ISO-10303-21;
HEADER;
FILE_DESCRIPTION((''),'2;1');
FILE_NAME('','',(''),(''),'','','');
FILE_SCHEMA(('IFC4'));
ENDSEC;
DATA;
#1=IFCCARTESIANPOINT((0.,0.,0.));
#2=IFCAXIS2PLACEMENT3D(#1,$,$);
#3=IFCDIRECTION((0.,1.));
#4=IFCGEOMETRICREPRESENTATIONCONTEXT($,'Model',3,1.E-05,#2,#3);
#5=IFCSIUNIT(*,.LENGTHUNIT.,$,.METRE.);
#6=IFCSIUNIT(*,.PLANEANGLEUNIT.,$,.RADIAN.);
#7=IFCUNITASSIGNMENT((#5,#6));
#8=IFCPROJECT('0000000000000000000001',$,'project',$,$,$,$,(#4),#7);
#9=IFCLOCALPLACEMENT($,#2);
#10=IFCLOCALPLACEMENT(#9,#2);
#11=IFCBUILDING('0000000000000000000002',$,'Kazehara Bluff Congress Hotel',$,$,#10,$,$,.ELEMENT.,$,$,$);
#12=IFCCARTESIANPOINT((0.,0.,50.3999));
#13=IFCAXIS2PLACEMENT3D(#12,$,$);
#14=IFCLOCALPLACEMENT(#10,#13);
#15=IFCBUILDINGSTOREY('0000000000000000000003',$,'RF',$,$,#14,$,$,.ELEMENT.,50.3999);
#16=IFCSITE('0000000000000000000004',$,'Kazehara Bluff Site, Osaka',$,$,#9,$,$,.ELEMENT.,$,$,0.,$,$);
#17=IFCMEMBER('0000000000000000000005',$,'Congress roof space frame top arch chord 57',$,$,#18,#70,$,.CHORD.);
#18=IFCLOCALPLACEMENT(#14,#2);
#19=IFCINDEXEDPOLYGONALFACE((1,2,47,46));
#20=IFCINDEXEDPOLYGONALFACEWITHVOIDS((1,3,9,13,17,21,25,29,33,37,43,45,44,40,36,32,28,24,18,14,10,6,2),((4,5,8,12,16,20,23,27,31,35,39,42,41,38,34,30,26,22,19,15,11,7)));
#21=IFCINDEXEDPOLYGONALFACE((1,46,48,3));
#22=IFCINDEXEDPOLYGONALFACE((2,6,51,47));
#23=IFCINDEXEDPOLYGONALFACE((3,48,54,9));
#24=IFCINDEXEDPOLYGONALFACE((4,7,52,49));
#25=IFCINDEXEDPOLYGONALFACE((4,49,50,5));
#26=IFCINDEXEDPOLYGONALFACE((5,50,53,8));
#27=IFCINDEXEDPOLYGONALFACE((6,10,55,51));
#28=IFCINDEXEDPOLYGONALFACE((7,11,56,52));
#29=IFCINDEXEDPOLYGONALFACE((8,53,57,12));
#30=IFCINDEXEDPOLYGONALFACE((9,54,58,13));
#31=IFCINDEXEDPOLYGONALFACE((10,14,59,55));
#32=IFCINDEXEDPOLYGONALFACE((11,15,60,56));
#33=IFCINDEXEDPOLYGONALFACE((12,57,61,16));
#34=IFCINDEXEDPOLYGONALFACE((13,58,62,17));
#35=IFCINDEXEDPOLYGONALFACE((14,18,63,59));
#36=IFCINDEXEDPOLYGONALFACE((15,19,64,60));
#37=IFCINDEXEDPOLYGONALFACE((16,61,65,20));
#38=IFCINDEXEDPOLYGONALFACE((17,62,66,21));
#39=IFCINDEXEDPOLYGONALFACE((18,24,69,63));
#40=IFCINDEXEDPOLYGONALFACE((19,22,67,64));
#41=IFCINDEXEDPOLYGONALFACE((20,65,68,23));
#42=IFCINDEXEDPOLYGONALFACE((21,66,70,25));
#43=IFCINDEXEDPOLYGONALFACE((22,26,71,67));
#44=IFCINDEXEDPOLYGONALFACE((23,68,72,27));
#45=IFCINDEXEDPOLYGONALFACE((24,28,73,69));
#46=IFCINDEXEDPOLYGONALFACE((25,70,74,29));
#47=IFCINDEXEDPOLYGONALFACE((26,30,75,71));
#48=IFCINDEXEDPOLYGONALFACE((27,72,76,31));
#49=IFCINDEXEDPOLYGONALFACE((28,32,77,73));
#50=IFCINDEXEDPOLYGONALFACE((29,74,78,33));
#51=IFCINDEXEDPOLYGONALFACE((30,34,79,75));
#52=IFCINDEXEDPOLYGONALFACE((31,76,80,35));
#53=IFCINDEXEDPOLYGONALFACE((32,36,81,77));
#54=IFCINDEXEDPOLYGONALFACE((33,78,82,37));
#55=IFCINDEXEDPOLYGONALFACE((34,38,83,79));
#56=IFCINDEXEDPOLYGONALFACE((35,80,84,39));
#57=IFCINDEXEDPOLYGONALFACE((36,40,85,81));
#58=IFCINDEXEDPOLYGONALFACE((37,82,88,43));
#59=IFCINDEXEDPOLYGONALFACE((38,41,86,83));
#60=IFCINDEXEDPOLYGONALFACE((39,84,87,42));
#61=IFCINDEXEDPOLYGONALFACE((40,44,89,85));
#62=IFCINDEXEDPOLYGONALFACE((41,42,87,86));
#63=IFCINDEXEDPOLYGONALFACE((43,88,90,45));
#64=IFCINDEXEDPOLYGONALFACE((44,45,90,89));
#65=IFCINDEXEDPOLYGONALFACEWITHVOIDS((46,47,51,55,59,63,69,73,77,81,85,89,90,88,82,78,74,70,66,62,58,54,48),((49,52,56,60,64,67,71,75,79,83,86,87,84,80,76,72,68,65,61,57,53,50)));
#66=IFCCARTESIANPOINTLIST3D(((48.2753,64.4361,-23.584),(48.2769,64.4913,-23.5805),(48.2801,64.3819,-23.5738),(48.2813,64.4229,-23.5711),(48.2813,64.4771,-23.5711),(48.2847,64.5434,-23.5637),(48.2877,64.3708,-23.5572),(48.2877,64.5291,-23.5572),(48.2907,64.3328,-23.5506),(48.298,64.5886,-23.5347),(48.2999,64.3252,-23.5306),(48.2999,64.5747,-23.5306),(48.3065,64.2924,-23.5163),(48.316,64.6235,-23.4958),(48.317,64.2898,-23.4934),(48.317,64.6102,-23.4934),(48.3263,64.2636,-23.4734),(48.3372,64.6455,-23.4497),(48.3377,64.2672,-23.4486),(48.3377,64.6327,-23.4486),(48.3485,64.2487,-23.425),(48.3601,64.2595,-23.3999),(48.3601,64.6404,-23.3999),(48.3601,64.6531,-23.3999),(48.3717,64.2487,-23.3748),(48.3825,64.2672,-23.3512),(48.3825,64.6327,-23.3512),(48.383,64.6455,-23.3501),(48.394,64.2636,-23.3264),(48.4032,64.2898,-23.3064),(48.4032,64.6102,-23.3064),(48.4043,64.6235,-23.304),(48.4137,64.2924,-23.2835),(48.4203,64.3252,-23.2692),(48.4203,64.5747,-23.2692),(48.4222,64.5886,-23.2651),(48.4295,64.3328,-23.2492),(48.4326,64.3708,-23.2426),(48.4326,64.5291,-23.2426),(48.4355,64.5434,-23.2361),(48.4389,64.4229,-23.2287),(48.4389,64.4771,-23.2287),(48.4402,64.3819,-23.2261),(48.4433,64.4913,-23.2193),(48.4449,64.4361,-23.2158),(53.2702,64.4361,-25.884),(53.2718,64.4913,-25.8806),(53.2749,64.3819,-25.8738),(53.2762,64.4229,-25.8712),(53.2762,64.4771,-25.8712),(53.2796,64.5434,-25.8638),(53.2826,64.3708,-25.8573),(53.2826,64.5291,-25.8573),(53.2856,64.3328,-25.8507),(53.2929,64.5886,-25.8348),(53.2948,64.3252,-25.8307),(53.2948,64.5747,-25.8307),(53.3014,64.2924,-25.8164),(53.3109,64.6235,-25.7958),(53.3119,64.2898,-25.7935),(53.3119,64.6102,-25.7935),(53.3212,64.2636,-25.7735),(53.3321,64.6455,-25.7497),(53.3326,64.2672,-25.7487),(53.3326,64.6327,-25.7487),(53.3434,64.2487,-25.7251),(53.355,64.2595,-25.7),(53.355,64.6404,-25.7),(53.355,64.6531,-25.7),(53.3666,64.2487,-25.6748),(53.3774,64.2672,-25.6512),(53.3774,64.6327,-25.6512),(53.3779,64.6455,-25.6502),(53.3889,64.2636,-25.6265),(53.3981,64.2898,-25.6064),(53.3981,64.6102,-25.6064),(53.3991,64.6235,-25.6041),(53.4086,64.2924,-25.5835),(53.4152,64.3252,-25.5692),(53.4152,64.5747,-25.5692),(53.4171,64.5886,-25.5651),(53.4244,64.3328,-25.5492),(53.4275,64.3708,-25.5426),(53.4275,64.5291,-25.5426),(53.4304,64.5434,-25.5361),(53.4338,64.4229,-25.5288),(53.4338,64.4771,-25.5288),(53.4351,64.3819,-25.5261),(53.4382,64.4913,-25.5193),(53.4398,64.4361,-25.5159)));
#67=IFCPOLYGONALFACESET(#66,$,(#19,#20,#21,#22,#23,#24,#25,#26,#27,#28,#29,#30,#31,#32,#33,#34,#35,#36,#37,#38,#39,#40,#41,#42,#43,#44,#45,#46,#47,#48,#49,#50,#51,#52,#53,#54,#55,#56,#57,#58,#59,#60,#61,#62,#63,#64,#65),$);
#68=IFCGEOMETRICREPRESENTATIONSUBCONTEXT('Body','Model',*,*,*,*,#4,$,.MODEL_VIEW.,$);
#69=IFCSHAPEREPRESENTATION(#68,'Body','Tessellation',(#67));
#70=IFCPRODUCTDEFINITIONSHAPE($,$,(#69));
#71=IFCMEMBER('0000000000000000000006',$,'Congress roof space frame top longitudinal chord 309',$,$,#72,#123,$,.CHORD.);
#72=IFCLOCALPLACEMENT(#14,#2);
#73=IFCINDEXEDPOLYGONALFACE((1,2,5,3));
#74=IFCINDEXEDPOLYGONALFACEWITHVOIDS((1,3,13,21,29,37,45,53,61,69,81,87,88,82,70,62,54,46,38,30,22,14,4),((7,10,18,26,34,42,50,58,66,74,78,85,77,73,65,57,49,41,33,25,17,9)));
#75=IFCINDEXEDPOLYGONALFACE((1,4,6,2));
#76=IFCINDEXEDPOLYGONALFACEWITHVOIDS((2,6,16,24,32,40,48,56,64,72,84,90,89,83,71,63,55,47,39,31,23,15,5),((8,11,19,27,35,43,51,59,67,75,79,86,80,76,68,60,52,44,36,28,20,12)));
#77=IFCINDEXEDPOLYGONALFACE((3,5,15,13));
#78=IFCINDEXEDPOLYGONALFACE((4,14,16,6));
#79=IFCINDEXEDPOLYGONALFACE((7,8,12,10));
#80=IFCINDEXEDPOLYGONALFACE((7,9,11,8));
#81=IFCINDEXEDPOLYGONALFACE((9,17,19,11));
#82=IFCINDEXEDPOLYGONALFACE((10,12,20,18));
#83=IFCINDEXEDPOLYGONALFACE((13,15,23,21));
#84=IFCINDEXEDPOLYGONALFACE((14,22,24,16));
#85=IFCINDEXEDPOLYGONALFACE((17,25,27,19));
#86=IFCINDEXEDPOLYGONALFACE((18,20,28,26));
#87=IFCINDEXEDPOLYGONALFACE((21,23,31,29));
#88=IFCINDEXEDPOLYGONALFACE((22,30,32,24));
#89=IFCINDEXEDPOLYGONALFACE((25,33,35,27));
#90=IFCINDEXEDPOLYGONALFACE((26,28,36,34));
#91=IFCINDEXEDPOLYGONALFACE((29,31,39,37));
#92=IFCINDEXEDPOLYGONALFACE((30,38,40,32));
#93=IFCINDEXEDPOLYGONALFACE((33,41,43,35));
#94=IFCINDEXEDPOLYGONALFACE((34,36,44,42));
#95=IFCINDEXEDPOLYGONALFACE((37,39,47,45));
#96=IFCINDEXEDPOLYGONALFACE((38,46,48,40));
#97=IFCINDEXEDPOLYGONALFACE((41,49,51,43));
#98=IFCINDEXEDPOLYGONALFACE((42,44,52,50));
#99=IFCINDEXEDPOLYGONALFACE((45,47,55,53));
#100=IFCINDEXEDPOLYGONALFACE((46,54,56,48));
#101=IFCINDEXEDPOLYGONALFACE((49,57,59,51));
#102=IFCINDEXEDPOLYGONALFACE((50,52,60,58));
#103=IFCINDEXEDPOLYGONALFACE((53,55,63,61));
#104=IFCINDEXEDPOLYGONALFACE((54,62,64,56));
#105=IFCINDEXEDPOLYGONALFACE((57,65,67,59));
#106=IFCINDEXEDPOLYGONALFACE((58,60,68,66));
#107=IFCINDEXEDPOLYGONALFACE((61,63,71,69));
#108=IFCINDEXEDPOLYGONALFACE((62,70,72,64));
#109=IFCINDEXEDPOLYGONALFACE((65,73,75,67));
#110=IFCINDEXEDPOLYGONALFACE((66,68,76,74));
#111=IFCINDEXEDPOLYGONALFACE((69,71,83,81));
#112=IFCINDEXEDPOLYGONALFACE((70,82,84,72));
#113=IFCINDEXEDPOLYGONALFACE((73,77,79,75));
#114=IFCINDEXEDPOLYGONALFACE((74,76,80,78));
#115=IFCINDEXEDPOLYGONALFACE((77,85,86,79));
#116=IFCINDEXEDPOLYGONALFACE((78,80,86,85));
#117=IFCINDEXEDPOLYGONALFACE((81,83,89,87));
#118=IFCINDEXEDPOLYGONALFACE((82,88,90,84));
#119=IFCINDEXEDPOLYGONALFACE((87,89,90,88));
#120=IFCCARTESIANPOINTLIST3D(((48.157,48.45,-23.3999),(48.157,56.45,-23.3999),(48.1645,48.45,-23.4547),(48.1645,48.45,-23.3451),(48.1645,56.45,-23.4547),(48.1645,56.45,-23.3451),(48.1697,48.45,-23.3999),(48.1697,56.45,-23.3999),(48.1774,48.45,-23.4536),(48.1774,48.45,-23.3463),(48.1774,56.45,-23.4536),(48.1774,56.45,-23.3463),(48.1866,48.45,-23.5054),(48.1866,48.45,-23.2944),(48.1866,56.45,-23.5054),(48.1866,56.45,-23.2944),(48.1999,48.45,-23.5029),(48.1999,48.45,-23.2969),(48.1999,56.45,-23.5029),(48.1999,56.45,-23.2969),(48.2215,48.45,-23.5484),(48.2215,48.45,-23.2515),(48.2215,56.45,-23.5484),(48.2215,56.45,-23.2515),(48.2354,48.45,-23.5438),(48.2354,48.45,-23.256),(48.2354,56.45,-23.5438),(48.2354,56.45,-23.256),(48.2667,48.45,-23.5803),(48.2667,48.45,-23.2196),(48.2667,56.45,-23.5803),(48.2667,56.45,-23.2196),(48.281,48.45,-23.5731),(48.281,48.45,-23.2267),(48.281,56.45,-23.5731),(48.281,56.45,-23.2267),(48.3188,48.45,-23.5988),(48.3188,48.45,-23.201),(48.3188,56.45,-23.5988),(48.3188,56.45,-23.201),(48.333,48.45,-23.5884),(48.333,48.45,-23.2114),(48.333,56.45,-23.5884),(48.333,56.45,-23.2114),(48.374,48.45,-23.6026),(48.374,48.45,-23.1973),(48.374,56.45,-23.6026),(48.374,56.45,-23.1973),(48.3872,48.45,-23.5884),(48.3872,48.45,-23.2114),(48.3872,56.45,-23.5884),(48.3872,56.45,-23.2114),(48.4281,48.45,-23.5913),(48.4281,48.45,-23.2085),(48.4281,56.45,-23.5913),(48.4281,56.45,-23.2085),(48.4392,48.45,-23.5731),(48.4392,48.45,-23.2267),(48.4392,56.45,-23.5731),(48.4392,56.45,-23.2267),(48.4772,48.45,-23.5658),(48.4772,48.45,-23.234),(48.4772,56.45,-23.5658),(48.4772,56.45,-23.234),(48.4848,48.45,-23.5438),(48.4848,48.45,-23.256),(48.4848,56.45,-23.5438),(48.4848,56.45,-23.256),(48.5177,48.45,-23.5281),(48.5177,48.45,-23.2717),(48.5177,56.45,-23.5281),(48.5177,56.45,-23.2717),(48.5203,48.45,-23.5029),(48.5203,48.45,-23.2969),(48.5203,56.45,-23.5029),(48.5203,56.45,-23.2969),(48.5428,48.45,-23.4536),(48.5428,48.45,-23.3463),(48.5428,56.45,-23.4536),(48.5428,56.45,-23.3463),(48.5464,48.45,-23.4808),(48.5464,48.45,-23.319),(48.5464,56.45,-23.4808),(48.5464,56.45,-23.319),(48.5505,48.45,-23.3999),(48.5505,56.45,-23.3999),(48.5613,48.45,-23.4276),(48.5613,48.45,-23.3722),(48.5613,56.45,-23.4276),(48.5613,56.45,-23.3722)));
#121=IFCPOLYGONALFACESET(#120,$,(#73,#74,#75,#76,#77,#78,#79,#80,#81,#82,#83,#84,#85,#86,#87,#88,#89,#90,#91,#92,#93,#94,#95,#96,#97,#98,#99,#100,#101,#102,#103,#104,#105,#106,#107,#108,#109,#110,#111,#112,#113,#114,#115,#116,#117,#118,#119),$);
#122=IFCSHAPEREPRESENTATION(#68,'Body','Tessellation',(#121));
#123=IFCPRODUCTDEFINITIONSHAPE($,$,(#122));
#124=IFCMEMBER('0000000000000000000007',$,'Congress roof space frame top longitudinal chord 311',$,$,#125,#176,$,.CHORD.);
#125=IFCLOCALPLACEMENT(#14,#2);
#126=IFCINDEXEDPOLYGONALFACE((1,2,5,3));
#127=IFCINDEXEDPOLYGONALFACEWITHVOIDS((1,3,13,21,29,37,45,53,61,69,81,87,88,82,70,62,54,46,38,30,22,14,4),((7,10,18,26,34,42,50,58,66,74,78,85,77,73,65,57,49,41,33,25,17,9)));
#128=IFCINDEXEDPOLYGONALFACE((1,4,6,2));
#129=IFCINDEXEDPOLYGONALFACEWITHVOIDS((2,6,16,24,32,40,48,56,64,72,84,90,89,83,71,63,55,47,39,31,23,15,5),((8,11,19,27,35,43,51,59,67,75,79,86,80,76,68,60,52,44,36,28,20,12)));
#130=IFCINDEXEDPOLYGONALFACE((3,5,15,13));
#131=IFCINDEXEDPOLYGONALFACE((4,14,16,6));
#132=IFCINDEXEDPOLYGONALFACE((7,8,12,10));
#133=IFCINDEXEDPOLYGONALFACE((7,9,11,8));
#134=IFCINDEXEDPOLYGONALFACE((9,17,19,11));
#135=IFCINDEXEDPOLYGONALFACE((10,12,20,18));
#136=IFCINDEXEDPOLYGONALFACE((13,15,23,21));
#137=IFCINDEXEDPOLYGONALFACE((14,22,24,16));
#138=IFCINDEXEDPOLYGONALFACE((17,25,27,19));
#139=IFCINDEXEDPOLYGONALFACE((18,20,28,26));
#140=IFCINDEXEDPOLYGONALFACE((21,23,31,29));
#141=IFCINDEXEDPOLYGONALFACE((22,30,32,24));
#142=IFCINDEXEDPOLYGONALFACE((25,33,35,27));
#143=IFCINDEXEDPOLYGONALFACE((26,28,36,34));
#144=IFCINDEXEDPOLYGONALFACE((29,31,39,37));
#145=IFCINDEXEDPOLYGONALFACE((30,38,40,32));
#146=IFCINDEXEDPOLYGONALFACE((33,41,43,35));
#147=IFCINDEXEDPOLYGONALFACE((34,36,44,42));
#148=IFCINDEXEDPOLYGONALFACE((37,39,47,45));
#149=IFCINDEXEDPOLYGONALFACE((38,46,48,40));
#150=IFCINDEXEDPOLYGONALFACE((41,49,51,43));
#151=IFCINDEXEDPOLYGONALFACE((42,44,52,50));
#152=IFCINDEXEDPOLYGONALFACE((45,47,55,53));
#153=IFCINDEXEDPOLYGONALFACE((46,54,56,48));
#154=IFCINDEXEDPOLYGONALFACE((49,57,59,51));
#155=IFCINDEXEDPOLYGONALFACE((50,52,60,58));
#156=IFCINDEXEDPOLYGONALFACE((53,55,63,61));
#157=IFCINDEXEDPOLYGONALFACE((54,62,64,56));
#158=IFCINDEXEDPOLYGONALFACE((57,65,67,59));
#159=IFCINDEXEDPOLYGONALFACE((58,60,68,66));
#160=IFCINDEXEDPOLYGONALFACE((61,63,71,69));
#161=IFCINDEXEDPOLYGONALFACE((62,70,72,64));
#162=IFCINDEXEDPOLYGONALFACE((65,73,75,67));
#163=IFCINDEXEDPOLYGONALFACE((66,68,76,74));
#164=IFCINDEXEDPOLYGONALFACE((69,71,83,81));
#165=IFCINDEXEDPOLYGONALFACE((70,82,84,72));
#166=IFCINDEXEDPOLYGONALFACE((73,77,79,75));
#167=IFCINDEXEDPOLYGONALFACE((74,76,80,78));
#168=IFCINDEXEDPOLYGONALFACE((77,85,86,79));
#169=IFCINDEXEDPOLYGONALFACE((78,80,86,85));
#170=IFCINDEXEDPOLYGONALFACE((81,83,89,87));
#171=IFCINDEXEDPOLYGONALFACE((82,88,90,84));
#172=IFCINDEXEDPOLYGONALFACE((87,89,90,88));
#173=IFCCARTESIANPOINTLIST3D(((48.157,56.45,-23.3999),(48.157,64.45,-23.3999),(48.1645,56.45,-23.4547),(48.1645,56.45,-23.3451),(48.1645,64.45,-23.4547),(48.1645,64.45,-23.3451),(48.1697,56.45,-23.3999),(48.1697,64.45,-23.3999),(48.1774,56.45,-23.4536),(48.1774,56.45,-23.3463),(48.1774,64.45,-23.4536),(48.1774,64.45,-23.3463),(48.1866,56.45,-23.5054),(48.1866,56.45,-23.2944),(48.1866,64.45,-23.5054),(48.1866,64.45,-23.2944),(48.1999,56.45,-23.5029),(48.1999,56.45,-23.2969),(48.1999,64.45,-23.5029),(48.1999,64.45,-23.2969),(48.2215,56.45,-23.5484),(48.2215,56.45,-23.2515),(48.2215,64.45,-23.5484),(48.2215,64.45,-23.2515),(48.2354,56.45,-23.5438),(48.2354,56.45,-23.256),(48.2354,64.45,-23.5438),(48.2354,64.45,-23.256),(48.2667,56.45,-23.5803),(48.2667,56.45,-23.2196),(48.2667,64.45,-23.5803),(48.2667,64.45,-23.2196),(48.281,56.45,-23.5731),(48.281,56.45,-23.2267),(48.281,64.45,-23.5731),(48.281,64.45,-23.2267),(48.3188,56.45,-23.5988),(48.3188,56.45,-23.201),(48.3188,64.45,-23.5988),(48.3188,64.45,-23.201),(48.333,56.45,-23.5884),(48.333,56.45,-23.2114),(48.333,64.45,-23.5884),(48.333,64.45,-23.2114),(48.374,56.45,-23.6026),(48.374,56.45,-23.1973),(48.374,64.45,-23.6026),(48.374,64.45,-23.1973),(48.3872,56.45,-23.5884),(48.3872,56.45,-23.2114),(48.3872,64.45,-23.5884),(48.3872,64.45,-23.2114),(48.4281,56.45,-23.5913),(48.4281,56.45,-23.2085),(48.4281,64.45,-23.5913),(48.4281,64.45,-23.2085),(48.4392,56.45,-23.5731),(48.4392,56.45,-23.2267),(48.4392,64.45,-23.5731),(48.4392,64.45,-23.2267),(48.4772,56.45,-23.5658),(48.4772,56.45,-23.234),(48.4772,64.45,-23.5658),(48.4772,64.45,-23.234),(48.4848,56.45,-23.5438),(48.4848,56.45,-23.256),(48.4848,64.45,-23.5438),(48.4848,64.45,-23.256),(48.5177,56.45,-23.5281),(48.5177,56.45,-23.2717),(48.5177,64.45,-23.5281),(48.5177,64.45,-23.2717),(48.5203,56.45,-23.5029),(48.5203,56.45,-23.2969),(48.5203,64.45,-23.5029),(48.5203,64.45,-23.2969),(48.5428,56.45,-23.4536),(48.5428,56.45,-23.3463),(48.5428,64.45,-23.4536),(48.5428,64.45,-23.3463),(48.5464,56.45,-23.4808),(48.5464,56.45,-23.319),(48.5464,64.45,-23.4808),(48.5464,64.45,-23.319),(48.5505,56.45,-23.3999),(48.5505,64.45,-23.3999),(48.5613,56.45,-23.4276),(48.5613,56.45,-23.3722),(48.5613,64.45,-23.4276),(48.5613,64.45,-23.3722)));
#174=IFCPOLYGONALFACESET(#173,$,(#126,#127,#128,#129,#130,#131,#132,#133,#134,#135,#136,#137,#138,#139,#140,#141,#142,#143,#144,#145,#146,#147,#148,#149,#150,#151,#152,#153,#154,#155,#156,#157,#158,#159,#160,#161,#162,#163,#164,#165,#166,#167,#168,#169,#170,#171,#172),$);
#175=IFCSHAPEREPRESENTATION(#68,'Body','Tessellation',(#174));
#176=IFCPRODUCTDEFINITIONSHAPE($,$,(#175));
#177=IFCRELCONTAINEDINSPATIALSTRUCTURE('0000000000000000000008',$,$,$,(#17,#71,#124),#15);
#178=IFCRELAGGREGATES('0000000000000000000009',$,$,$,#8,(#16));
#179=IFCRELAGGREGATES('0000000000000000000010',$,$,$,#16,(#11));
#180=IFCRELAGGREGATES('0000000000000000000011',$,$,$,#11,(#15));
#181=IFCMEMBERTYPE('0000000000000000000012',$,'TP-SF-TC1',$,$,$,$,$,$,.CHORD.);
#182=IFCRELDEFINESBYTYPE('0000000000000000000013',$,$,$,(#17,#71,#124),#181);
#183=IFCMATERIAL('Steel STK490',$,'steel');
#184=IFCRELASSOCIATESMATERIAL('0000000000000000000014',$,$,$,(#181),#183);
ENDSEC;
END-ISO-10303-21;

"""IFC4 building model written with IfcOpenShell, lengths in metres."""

from ifc_helpers import new_model, si_unit, direction, frame, origin, origin_2d, place, context, subcontext, project, spatial, hollow_circle, extrude, material, material_profile, profile_set, type_object, element, save


model = new_model("IFC4")

# Units and contexts
model_context = context("Model", 3, precision=1e-05, world=origin(), true_north=direction((0.0, 1.0)))
body_context = subcontext(model_context, "Body", "Model", "MODEL_VIEW")
ifc_project = project(units=[si_unit("LENGTHUNIT", "METRE"), si_unit("PLANEANGLEUNIT", "RADIAN")], contexts=[model_context])

# Site, building, storey
site_placement = place(None, origin())
site = spatial("IfcSite", under=ifc_project, at=site_placement, Name="Kazehara Bluff Site, Osaka", CompositionType="ELEMENT", RefElevation=0.0)
building_placement = place(site_placement, origin())
building = spatial("IfcBuilding", under=site, at=building_placement, Name="Kazehara Bluff Congress Hotel", CompositionType="ELEMENT")
storey_placement = place(building_placement, frame((0.0, 0.0, 50.3999)))
storey = spatial("IfcBuildingStorey", under=building, at=storey_placement, Name="RF", CompositionType="ELEMENT", Elevation=50.3999)

# Members
ifc_material_1 = material(Name="Steel STK490", Category="steel")
ifc_material_profile_1 = material_profile(ifc_material_1, hollow_circle(Radius=0.2031, WallThickness=0.0127, at=origin_2d()))
ifc_profile_set_1 = profile_set([ifc_material_profile_1], Name="Steel STK490")
member_type_1 = type_object("IfcMemberType", Name="TP-SF-TC1", PredefinedType="CHORD", material=ifc_profile_set_1)
member_1_placement = place(storey_placement, frame((48.3601, 64.45, -23.3999), z_axis=(0.908324, 0.0, -0.418267), x_axis=(0.0, 1.0, 0.0)))
element("IfcMember", 1, at=member_1_placement, inside=storey, type_object=member_type_1, Name="Congress roof space frame top arch chord 57", PredefinedType="CHORD", context=body_context, shape_type="SweptSolid", body=[
    extrude(hollow_circle(Radius=0.2031, WallThickness=0.0127, at=origin_2d()), origin(), (0.0, 0.0, 1.0), 5.499),
])
for number, where, z_axis, x_axis, name in (
    (2, (48.3601, 48.45, -23.3999), (0.0, 1.0, 0.0), (-1.0, 0.0, 0.0), "Congress roof space frame top longitudinal chord 309"),
    (3, (48.3601, 56.45, -23.3999), (0.0, 1.0, 0.0), (-1.0, 0.0, 0.0), "Congress roof space frame top longitudinal chord 311"),
):
    element("IfcMember", number, at=place(storey_placement, frame(where, z_axis=z_axis, x_axis=x_axis)), inside=storey, type_object=member_type_1, Name=name, PredefinedType="CHORD", context=body_context, shape_type="SweptSolid", body=[
        extrude(hollow_circle(Radius=0.2031, WallThickness=0.0127, at=origin_2d()), origin(), (0.0, 0.0, 1.0), 8.0),
    ])

save(model, "model.ifc")
